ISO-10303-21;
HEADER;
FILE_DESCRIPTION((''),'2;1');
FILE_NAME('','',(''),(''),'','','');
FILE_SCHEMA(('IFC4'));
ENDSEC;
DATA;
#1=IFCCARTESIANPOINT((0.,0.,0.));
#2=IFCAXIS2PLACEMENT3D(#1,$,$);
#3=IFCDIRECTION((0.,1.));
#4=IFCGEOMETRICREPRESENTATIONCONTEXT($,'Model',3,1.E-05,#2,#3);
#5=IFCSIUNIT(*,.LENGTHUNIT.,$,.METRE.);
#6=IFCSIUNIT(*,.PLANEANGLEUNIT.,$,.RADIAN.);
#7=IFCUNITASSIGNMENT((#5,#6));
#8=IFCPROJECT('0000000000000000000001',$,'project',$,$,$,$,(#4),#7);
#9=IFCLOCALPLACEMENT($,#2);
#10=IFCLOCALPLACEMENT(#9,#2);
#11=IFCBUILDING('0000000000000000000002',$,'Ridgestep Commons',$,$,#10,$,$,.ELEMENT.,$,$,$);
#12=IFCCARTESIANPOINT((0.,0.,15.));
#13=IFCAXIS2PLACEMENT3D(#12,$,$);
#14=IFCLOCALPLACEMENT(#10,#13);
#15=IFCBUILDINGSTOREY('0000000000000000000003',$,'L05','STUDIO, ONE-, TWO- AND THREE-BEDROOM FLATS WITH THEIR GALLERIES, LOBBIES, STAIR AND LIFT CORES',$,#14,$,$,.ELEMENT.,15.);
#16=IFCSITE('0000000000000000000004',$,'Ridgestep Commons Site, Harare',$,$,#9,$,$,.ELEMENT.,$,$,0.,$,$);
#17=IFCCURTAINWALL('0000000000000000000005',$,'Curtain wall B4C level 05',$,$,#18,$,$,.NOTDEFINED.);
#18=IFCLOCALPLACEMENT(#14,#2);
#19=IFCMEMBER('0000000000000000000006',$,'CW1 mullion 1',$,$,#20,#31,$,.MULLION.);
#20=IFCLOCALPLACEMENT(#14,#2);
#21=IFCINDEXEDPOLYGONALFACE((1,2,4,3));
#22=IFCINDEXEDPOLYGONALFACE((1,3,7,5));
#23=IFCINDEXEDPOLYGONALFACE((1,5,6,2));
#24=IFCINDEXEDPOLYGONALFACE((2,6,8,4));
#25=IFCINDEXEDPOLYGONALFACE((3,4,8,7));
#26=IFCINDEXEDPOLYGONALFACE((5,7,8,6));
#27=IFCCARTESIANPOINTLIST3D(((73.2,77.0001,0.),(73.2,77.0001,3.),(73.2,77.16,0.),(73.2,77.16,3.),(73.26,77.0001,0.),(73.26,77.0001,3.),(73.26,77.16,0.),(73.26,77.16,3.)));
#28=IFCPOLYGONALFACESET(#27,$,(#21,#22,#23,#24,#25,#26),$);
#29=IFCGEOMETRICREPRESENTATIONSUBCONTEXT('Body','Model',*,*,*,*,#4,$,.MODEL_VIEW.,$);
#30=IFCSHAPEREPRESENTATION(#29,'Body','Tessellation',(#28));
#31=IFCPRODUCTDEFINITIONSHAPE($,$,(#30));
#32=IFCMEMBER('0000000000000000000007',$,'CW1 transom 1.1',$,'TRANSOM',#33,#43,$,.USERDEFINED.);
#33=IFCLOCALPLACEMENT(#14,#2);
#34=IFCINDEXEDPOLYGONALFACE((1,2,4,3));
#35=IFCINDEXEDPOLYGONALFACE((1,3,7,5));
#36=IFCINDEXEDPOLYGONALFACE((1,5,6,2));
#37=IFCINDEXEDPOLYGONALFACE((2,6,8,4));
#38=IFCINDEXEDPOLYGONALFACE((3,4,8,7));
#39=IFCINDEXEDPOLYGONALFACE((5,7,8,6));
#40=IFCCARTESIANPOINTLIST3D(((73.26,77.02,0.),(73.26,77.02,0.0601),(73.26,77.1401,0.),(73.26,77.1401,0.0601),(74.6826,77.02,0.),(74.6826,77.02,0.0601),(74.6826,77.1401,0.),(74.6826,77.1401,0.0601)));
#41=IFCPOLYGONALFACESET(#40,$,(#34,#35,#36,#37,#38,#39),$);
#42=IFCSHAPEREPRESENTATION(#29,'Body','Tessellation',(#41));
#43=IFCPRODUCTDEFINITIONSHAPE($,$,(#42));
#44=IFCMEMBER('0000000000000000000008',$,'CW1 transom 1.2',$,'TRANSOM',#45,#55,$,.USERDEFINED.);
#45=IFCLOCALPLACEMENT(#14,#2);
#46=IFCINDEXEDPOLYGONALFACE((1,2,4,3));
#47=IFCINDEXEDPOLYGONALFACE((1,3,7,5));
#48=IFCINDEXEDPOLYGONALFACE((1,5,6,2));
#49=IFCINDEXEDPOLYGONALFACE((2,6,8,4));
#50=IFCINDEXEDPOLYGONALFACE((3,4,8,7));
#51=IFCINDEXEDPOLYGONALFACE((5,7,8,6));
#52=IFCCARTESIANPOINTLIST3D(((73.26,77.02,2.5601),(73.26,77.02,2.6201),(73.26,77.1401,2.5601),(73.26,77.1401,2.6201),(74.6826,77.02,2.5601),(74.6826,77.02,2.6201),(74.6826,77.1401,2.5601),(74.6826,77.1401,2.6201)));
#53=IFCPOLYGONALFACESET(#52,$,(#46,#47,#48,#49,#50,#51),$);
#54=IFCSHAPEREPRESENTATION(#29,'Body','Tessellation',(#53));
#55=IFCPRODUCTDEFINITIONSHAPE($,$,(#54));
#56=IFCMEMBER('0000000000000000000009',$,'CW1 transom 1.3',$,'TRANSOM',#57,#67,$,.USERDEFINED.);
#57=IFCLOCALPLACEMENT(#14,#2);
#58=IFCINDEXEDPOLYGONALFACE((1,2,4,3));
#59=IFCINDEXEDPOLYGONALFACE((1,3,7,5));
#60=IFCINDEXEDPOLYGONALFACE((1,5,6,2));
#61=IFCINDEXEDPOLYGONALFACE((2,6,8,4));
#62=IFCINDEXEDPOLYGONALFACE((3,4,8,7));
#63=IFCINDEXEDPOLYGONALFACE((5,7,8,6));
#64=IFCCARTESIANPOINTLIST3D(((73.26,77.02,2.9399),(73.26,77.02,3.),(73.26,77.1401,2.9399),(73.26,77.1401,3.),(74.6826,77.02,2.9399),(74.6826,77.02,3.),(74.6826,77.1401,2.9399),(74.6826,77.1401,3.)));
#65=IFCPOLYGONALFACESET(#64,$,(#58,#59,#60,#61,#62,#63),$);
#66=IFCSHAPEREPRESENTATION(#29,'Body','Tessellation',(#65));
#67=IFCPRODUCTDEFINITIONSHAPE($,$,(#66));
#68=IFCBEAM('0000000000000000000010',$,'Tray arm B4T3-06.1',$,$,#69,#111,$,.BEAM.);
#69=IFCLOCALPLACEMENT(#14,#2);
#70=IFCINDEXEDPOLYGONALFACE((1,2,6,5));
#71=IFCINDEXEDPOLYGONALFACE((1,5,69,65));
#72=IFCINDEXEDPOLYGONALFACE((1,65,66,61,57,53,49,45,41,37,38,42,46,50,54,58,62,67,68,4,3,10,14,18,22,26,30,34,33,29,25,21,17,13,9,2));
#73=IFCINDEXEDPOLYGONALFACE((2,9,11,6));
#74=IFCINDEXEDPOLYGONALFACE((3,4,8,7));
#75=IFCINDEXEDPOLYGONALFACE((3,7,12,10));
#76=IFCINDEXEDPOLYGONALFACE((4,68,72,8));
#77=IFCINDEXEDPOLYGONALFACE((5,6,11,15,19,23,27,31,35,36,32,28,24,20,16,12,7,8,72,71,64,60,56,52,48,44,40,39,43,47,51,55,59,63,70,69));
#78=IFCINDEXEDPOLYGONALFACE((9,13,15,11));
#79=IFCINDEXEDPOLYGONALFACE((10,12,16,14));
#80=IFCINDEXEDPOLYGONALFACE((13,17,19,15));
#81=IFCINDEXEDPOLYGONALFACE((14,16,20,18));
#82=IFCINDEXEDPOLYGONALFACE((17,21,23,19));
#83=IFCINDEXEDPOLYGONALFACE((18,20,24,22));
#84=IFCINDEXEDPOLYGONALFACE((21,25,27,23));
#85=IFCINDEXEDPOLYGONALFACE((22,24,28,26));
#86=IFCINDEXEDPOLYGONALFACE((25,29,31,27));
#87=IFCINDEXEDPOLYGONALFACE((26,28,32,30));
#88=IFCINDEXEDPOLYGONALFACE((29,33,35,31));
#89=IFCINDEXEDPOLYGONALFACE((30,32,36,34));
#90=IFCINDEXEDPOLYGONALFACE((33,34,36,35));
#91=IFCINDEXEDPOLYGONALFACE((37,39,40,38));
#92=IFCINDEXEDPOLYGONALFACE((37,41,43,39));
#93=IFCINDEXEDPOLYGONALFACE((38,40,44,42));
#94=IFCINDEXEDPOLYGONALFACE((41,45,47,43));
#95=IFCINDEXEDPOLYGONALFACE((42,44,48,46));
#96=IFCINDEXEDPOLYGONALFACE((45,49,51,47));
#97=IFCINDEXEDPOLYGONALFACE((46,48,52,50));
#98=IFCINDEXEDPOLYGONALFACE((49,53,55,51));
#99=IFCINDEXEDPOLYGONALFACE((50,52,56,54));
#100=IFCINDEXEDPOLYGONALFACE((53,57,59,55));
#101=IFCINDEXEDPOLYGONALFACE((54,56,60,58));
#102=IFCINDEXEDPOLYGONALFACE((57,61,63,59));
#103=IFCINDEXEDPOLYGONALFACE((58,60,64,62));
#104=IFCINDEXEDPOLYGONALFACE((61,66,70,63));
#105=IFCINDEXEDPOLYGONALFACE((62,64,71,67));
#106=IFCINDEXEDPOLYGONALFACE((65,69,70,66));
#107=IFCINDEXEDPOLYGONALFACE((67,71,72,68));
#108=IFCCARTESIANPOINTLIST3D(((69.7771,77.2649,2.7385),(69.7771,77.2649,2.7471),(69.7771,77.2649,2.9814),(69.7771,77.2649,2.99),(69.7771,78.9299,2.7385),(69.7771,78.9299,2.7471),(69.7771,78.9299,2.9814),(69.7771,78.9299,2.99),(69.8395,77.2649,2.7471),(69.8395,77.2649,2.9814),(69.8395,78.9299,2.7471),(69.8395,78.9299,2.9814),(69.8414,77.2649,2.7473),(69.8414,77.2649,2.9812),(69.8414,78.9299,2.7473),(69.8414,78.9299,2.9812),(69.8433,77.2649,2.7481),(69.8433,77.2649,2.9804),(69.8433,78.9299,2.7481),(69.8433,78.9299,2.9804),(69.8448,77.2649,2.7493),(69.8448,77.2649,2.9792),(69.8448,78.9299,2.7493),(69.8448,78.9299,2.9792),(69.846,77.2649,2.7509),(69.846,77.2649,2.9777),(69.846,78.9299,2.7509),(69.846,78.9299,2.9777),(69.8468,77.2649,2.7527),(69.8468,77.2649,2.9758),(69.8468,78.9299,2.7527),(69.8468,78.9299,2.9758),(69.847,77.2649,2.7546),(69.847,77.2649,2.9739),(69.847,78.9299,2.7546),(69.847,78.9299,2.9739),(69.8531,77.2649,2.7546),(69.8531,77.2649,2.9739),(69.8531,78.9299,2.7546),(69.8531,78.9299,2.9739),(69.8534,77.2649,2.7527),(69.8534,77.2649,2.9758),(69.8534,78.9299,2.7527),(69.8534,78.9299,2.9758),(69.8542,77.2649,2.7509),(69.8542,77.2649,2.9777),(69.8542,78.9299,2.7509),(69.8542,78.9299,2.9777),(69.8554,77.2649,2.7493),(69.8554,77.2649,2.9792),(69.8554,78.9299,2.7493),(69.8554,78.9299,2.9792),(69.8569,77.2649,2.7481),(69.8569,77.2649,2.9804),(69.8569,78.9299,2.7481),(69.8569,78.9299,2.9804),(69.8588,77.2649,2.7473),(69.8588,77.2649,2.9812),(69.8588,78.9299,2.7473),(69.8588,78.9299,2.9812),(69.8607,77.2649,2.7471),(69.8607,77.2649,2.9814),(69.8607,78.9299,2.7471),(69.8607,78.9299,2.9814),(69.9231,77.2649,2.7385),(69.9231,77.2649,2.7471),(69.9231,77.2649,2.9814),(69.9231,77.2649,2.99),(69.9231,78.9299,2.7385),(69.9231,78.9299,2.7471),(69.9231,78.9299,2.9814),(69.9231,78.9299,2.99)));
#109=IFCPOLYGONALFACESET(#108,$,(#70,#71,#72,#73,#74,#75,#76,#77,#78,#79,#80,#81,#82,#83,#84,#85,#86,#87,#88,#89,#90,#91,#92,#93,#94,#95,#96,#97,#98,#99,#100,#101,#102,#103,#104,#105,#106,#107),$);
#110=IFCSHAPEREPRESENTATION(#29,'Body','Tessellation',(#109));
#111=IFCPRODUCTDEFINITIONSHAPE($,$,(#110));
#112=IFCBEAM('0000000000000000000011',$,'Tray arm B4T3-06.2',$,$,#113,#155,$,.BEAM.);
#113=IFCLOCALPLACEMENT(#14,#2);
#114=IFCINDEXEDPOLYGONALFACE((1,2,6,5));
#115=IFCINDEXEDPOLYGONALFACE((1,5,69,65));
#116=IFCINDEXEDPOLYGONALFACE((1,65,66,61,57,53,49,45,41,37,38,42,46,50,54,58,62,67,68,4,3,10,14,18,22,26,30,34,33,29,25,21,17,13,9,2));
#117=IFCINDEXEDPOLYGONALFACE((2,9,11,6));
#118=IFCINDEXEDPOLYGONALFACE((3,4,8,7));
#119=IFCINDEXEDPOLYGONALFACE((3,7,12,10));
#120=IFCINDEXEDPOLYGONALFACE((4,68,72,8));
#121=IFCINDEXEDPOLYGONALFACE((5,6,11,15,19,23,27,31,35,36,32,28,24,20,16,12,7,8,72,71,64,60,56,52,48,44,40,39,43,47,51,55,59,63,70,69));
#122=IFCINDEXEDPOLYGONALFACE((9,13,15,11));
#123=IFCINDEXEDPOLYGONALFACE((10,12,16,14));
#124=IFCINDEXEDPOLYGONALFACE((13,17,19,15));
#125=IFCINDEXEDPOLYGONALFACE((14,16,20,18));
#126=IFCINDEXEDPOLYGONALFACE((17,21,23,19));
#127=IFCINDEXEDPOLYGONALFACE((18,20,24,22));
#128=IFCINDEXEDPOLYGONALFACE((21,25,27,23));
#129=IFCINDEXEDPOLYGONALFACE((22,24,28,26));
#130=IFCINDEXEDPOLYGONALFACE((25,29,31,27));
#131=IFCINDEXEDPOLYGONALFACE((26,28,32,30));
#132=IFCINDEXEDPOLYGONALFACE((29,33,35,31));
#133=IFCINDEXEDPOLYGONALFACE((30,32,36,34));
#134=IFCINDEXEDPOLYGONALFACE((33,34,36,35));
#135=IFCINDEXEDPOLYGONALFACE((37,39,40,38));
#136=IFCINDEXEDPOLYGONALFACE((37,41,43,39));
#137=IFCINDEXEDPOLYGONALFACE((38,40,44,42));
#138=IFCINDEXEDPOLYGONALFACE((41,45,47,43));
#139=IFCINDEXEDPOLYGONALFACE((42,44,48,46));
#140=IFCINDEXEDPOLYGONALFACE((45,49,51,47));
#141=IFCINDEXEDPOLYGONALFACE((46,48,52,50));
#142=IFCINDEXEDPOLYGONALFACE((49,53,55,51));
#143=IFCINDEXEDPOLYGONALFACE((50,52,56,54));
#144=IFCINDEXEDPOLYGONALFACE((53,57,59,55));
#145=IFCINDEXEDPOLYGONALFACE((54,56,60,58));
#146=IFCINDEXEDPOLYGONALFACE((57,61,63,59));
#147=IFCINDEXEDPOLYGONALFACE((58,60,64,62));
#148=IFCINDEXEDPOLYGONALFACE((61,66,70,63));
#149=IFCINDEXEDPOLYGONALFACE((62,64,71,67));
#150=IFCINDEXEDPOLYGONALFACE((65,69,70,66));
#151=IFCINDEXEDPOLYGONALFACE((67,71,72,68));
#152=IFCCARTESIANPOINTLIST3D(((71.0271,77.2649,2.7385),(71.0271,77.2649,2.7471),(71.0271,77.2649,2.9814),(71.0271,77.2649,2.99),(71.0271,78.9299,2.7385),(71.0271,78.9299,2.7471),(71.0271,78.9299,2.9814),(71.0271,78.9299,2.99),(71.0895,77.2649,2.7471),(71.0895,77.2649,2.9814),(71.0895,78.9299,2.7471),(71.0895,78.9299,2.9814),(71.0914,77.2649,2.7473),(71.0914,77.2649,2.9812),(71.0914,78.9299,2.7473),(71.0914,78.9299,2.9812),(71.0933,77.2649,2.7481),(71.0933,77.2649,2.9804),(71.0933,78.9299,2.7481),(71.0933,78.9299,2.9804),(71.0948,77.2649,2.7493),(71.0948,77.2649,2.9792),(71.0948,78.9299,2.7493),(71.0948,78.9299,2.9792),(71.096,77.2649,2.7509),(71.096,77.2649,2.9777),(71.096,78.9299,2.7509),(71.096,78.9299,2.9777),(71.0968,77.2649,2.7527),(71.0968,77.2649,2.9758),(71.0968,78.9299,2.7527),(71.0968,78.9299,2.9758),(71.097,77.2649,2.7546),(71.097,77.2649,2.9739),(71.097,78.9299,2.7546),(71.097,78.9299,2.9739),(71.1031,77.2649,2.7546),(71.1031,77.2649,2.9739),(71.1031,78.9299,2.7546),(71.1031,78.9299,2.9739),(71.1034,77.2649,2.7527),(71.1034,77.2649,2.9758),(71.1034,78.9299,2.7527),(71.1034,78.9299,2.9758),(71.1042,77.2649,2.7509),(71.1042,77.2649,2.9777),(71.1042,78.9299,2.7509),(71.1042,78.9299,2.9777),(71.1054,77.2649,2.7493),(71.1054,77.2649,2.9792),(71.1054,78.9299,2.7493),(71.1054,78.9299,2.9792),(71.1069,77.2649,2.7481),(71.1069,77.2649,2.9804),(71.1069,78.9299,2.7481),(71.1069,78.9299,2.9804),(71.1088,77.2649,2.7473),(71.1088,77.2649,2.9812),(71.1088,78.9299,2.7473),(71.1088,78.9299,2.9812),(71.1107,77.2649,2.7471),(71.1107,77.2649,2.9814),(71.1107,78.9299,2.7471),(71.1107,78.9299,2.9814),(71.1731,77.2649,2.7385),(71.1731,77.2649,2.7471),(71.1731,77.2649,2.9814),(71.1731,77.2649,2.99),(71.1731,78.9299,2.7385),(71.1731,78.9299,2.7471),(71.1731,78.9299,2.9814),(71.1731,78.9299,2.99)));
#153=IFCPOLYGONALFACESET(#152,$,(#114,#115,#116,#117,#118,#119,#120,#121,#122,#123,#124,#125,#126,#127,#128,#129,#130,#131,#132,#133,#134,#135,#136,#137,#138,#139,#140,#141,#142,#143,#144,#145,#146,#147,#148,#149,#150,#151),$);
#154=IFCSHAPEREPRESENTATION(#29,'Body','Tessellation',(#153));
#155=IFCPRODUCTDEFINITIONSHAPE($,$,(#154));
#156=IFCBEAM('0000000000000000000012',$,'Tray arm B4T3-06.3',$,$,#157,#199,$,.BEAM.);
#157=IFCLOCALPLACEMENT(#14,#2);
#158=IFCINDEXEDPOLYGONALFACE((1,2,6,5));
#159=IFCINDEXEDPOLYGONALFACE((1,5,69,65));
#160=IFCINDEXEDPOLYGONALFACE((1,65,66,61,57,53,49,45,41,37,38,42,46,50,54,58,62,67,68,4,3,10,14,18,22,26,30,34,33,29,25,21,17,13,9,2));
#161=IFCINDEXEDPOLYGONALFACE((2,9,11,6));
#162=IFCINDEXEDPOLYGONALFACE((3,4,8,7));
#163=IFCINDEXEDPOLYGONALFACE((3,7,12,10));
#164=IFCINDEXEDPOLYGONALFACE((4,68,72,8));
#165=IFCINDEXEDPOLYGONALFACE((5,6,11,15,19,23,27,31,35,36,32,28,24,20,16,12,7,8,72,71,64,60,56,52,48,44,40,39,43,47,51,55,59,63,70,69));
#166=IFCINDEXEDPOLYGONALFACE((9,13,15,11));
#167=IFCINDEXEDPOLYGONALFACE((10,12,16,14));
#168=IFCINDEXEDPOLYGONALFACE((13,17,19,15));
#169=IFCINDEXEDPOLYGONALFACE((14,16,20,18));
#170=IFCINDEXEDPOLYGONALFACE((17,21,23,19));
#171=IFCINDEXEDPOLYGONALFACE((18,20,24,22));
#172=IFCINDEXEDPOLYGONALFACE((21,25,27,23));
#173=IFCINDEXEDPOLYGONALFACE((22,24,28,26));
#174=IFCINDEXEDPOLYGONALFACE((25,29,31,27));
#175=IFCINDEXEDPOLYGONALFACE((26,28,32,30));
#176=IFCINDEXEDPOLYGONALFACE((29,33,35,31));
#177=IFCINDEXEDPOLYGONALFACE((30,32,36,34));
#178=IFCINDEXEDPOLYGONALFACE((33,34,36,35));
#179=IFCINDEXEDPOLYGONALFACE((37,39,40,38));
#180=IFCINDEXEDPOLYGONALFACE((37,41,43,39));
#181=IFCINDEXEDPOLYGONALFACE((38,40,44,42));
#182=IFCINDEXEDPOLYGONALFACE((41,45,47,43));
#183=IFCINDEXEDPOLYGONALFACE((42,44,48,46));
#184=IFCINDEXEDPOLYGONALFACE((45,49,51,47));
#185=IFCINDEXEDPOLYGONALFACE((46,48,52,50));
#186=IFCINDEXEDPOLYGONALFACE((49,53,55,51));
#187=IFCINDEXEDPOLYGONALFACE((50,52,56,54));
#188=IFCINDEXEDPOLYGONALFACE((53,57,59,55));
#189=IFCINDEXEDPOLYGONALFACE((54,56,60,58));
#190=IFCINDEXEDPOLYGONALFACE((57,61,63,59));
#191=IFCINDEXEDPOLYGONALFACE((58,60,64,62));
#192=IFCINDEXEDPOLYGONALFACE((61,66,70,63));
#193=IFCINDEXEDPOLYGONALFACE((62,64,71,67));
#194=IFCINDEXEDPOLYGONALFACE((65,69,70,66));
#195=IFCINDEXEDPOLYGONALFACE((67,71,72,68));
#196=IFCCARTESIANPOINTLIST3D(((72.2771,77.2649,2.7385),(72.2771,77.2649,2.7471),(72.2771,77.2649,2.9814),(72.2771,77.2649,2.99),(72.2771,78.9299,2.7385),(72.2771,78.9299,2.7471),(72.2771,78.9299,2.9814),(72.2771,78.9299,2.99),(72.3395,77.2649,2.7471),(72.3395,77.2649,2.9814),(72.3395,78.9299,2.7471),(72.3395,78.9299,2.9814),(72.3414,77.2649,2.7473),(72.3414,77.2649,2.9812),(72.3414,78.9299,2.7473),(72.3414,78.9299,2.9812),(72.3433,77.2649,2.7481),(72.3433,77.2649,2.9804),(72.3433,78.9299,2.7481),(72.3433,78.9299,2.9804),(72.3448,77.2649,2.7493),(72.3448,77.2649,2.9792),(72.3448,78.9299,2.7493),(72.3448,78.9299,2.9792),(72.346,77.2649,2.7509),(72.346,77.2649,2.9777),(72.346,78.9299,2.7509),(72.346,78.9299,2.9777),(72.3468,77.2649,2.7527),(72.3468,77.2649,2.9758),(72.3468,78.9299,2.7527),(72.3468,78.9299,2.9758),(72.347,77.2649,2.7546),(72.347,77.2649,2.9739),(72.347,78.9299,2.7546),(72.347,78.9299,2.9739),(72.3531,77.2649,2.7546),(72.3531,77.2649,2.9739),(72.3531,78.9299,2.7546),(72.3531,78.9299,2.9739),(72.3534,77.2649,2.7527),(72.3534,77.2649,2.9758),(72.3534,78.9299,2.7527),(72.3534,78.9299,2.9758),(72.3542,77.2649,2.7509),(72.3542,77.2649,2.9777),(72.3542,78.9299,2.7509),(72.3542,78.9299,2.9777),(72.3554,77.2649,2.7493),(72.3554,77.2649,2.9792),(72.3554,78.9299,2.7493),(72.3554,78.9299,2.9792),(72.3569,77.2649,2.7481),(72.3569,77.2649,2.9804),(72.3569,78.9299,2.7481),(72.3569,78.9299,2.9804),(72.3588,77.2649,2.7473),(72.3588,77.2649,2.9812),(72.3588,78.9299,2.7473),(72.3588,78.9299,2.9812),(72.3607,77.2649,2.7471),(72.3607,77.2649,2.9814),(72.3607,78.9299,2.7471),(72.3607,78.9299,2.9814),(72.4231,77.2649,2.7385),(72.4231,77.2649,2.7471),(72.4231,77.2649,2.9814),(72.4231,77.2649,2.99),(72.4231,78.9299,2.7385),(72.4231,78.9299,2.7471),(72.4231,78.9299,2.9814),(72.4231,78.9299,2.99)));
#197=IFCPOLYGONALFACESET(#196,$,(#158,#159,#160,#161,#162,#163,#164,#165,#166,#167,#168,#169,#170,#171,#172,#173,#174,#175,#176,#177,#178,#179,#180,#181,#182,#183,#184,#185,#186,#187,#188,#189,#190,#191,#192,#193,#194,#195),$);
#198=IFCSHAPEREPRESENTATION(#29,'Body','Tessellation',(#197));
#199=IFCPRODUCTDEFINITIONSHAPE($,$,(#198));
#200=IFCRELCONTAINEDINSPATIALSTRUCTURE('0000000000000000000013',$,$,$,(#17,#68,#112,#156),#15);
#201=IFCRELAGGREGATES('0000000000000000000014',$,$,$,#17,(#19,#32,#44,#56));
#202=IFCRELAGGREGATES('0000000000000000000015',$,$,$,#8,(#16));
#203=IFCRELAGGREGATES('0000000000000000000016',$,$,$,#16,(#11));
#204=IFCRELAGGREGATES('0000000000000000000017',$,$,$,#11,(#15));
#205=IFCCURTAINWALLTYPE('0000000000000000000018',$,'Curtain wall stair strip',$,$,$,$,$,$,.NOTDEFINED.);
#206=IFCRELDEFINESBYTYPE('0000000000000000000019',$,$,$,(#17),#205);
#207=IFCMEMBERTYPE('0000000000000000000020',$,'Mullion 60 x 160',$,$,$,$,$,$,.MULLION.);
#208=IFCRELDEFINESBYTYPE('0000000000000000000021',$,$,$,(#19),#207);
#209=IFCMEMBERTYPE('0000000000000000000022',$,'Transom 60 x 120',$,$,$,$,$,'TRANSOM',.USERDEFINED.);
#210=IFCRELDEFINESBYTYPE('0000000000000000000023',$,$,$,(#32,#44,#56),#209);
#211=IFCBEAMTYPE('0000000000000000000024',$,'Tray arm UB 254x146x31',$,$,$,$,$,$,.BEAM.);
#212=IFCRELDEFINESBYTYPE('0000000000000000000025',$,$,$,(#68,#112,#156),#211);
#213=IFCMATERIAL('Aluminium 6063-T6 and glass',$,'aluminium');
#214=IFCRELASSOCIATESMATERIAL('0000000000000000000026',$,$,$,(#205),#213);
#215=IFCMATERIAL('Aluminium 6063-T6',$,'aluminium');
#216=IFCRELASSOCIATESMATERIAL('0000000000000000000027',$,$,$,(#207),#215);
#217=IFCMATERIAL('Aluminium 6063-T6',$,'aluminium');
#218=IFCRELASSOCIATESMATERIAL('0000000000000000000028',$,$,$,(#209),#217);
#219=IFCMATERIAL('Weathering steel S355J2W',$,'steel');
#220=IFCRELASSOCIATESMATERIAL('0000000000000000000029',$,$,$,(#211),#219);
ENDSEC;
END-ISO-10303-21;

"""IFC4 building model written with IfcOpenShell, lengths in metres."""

from ifc_helpers import new_model, si_unit, direction, frame, origin, origin_2d, place, context, subcontext, project, spatial, rectangle, i_section, extrude, material, material_profile, profile_set, type_object, element, aggregate, save


model = new_model("IFC4")

# Units and contexts
model_context = context("Model", 3, precision=1e-05, world=origin(), true_north=direction((0.0, 1.0)))
body_context = subcontext(model_context, "Body", "Model", "MODEL_VIEW")
ifc_project = project(units=[si_unit("LENGTHUNIT", "METRE"), si_unit("PLANEANGLEUNIT", "RADIAN")], contexts=[model_context])

# Site, building, storey
site_placement = place(None, origin())
site = spatial("IfcSite", under=ifc_project, at=site_placement, Name="Ridgestep Commons Site, Harare", CompositionType="ELEMENT", RefElevation=0.0)
building_placement = place(site_placement, origin())
building = spatial("IfcBuilding", under=site, at=building_placement, Name="Ridgestep Commons", CompositionType="ELEMENT")
storey_placement = place(building_placement, frame((0.0, 0.0, 15.0)))
storey = spatial("IfcBuildingStorey", under=building, at=storey_placement, Name="L05", Description="STUDIO, ONE-, TWO- AND THREE-BEDROOM FLATS WITH THEIR GALLERIES, LOBBIES, STAIR AND LIFT CORES", CompositionType="ELEMENT", Elevation=15.0)

# Curtain wall, members
ifc_material_1 = material(Name="Aluminium 6063-T6 and glass", Category="aluminium")
curtain_wall_type = type_object("IfcCurtainWallType", Name="Curtain wall stair strip", PredefinedType="NOTDEFINED", material=ifc_material_1)
curtain_wall_placement = place(storey_placement, origin())
curtain_wall = element("IfcCurtainWall", 1, at=curtain_wall_placement, inside=storey, type_object=curtain_wall_type, Name="Curtain wall B4C level 05", PredefinedType="NOTDEFINED")
ifc_material_2 = material(Name="Aluminium 6063-T6", Category="aluminium")
ifc_material_profile_1 = material_profile(ifc_material_2, rectangle(XDim=0.1599, YDim=0.0601, at=origin_2d()), Name="Mullion 60 x 160")
ifc_profile_set_1 = profile_set([ifc_material_profile_1], Name="Aluminium 6063-T6")
member_type_1 = type_object("IfcMemberType", Name="Mullion 60 x 160", PredefinedType="MULLION", material=ifc_profile_set_1)
member_1_placement = place(storey_placement, frame((73.23, 77.0801, 0.0), z_axis=(0.0, 0.0, 1.0), x_axis=(0.0, 1.0, 0.0)))
member_1 = element("IfcMember", 2, at=member_1_placement, type_object=member_type_1, Name="CW1 mullion 1", PredefinedType="MULLION", context=body_context, shape_type="SweptSolid", body=[
    extrude(rectangle(XDim=0.1599, YDim=0.0601, at=origin_2d()), origin(), (0.0, 0.0, 1.0), 3.0),
])
ifc_material_3 = material(Name="Aluminium 6063-T6", Category="aluminium")
ifc_material_profile_2 = material_profile(ifc_material_3, rectangle(XDim=0.1201, YDim=0.0601, at=origin_2d()), Name="Transom 60 x 120")
ifc_profile_set_2 = profile_set([ifc_material_profile_2], Name="Aluminium 6063-T6")
member_type_2 = type_object("IfcMemberType", Name="Transom 60 x 120", ElementType="TRANSOM", PredefinedType="USERDEFINED", material=ifc_profile_set_2)
member_2_placement = place(storey_placement, frame((73.26, 77.0801, 0.03), z_axis=(1.0, 0.0, 0.0), x_axis=(0.0, 1.0, 0.0)))
member_2 = element("IfcMember", 3, at=member_2_placement, type_object=member_type_2, Name="CW1 transom 1.1", ObjectType="TRANSOM", PredefinedType="USERDEFINED", context=body_context, shape_type="SweptSolid", body=[
    extrude(rectangle(XDim=0.1201, YDim=0.0601, at=origin_2d()), origin(), (0.0, 0.0, 1.0), 1.4226),
])
member_3_placement = place(storey_placement, frame((73.26, 77.0801, 2.5901), z_axis=(1.0, 0.0, 0.0), x_axis=(0.0, 1.0, 0.0)))
member_3 = element("IfcMember", 4, at=member_3_placement, type_object=member_type_2, Name="CW1 transom 1.2", ObjectType="TRANSOM", PredefinedType="USERDEFINED", context=body_context, shape_type="SweptSolid", body=[
    extrude(rectangle(XDim=0.1201, YDim=0.0601, at=origin_2d()), origin(), (0.0, 0.0, 1.0), 1.4226),
])
member_4_placement = place(storey_placement, frame((73.26, 77.0801, 2.97), z_axis=(1.0, 0.0, 0.0), x_axis=(0.0, 1.0, 0.0)))
member_4 = element("IfcMember", 5, at=member_4_placement, type_object=member_type_2, Name="CW1 transom 1.3", ObjectType="TRANSOM", PredefinedType="USERDEFINED", context=body_context, shape_type="SweptSolid", body=[
    extrude(rectangle(XDim=0.1201, YDim=0.0601, at=origin_2d()), origin(), (0.0, 0.0, 1.0), 1.4226),
])
aggregate(curtain_wall, [member_1, member_2, member_3, member_4])

# Beams
ifc_material_4 = material(Name="Weathering steel S355J2W", Category="steel")
ifc_material_profile_3 = material_profile(ifc_material_4, i_section(OverallWidth=0.146, OverallDepth=0.2515, WebThickness=0.0061, FlangeThickness=0.0085, FilletRadius=0.0076, at=origin_2d()), Name="UB 254x146x31")
ifc_profile_set_3 = profile_set([ifc_material_profile_3], Name="Weathering steel S355J2W")
beam_type_1 = type_object("IfcBeamType", Name="Tray arm UB 254x146x31", PredefinedType="BEAM", material=ifc_profile_set_3)
for number, where, z_axis, x_axis, name in (
    (6, (69.8501, 77.2649, 2.8643), (0.0, 1.0, 0.0), (-1.0, 0.0, 0.0), "Tray arm B4T3-06.1"),
    (7, (71.1001, 77.2649, 2.8643), (0.0, 1.0, 0.0), (-1.0, 0.0, 0.0), "Tray arm B4T3-06.2"),
    (8, (72.3501, 77.2649, 2.8643), (0.0, 1.0, 0.0), (-1.0, 0.0, 0.0), "Tray arm B4T3-06.3"),
):
    element("IfcBeam", number, at=place(storey_placement, frame(where, z_axis=z_axis, x_axis=x_axis)), inside=storey, type_object=beam_type_1, Name=name, PredefinedType="BEAM", context=body_context, shape_type="SweptSolid", body=[
        extrude(i_section(OverallWidth=0.146, OverallDepth=0.2515, WebThickness=0.0061, FlangeThickness=0.0085, FilletRadius=0.0076, at=origin_2d()), origin(), (0.0, 0.0, 1.0), 1.665),
    ])

save(model, "model.ifc")
